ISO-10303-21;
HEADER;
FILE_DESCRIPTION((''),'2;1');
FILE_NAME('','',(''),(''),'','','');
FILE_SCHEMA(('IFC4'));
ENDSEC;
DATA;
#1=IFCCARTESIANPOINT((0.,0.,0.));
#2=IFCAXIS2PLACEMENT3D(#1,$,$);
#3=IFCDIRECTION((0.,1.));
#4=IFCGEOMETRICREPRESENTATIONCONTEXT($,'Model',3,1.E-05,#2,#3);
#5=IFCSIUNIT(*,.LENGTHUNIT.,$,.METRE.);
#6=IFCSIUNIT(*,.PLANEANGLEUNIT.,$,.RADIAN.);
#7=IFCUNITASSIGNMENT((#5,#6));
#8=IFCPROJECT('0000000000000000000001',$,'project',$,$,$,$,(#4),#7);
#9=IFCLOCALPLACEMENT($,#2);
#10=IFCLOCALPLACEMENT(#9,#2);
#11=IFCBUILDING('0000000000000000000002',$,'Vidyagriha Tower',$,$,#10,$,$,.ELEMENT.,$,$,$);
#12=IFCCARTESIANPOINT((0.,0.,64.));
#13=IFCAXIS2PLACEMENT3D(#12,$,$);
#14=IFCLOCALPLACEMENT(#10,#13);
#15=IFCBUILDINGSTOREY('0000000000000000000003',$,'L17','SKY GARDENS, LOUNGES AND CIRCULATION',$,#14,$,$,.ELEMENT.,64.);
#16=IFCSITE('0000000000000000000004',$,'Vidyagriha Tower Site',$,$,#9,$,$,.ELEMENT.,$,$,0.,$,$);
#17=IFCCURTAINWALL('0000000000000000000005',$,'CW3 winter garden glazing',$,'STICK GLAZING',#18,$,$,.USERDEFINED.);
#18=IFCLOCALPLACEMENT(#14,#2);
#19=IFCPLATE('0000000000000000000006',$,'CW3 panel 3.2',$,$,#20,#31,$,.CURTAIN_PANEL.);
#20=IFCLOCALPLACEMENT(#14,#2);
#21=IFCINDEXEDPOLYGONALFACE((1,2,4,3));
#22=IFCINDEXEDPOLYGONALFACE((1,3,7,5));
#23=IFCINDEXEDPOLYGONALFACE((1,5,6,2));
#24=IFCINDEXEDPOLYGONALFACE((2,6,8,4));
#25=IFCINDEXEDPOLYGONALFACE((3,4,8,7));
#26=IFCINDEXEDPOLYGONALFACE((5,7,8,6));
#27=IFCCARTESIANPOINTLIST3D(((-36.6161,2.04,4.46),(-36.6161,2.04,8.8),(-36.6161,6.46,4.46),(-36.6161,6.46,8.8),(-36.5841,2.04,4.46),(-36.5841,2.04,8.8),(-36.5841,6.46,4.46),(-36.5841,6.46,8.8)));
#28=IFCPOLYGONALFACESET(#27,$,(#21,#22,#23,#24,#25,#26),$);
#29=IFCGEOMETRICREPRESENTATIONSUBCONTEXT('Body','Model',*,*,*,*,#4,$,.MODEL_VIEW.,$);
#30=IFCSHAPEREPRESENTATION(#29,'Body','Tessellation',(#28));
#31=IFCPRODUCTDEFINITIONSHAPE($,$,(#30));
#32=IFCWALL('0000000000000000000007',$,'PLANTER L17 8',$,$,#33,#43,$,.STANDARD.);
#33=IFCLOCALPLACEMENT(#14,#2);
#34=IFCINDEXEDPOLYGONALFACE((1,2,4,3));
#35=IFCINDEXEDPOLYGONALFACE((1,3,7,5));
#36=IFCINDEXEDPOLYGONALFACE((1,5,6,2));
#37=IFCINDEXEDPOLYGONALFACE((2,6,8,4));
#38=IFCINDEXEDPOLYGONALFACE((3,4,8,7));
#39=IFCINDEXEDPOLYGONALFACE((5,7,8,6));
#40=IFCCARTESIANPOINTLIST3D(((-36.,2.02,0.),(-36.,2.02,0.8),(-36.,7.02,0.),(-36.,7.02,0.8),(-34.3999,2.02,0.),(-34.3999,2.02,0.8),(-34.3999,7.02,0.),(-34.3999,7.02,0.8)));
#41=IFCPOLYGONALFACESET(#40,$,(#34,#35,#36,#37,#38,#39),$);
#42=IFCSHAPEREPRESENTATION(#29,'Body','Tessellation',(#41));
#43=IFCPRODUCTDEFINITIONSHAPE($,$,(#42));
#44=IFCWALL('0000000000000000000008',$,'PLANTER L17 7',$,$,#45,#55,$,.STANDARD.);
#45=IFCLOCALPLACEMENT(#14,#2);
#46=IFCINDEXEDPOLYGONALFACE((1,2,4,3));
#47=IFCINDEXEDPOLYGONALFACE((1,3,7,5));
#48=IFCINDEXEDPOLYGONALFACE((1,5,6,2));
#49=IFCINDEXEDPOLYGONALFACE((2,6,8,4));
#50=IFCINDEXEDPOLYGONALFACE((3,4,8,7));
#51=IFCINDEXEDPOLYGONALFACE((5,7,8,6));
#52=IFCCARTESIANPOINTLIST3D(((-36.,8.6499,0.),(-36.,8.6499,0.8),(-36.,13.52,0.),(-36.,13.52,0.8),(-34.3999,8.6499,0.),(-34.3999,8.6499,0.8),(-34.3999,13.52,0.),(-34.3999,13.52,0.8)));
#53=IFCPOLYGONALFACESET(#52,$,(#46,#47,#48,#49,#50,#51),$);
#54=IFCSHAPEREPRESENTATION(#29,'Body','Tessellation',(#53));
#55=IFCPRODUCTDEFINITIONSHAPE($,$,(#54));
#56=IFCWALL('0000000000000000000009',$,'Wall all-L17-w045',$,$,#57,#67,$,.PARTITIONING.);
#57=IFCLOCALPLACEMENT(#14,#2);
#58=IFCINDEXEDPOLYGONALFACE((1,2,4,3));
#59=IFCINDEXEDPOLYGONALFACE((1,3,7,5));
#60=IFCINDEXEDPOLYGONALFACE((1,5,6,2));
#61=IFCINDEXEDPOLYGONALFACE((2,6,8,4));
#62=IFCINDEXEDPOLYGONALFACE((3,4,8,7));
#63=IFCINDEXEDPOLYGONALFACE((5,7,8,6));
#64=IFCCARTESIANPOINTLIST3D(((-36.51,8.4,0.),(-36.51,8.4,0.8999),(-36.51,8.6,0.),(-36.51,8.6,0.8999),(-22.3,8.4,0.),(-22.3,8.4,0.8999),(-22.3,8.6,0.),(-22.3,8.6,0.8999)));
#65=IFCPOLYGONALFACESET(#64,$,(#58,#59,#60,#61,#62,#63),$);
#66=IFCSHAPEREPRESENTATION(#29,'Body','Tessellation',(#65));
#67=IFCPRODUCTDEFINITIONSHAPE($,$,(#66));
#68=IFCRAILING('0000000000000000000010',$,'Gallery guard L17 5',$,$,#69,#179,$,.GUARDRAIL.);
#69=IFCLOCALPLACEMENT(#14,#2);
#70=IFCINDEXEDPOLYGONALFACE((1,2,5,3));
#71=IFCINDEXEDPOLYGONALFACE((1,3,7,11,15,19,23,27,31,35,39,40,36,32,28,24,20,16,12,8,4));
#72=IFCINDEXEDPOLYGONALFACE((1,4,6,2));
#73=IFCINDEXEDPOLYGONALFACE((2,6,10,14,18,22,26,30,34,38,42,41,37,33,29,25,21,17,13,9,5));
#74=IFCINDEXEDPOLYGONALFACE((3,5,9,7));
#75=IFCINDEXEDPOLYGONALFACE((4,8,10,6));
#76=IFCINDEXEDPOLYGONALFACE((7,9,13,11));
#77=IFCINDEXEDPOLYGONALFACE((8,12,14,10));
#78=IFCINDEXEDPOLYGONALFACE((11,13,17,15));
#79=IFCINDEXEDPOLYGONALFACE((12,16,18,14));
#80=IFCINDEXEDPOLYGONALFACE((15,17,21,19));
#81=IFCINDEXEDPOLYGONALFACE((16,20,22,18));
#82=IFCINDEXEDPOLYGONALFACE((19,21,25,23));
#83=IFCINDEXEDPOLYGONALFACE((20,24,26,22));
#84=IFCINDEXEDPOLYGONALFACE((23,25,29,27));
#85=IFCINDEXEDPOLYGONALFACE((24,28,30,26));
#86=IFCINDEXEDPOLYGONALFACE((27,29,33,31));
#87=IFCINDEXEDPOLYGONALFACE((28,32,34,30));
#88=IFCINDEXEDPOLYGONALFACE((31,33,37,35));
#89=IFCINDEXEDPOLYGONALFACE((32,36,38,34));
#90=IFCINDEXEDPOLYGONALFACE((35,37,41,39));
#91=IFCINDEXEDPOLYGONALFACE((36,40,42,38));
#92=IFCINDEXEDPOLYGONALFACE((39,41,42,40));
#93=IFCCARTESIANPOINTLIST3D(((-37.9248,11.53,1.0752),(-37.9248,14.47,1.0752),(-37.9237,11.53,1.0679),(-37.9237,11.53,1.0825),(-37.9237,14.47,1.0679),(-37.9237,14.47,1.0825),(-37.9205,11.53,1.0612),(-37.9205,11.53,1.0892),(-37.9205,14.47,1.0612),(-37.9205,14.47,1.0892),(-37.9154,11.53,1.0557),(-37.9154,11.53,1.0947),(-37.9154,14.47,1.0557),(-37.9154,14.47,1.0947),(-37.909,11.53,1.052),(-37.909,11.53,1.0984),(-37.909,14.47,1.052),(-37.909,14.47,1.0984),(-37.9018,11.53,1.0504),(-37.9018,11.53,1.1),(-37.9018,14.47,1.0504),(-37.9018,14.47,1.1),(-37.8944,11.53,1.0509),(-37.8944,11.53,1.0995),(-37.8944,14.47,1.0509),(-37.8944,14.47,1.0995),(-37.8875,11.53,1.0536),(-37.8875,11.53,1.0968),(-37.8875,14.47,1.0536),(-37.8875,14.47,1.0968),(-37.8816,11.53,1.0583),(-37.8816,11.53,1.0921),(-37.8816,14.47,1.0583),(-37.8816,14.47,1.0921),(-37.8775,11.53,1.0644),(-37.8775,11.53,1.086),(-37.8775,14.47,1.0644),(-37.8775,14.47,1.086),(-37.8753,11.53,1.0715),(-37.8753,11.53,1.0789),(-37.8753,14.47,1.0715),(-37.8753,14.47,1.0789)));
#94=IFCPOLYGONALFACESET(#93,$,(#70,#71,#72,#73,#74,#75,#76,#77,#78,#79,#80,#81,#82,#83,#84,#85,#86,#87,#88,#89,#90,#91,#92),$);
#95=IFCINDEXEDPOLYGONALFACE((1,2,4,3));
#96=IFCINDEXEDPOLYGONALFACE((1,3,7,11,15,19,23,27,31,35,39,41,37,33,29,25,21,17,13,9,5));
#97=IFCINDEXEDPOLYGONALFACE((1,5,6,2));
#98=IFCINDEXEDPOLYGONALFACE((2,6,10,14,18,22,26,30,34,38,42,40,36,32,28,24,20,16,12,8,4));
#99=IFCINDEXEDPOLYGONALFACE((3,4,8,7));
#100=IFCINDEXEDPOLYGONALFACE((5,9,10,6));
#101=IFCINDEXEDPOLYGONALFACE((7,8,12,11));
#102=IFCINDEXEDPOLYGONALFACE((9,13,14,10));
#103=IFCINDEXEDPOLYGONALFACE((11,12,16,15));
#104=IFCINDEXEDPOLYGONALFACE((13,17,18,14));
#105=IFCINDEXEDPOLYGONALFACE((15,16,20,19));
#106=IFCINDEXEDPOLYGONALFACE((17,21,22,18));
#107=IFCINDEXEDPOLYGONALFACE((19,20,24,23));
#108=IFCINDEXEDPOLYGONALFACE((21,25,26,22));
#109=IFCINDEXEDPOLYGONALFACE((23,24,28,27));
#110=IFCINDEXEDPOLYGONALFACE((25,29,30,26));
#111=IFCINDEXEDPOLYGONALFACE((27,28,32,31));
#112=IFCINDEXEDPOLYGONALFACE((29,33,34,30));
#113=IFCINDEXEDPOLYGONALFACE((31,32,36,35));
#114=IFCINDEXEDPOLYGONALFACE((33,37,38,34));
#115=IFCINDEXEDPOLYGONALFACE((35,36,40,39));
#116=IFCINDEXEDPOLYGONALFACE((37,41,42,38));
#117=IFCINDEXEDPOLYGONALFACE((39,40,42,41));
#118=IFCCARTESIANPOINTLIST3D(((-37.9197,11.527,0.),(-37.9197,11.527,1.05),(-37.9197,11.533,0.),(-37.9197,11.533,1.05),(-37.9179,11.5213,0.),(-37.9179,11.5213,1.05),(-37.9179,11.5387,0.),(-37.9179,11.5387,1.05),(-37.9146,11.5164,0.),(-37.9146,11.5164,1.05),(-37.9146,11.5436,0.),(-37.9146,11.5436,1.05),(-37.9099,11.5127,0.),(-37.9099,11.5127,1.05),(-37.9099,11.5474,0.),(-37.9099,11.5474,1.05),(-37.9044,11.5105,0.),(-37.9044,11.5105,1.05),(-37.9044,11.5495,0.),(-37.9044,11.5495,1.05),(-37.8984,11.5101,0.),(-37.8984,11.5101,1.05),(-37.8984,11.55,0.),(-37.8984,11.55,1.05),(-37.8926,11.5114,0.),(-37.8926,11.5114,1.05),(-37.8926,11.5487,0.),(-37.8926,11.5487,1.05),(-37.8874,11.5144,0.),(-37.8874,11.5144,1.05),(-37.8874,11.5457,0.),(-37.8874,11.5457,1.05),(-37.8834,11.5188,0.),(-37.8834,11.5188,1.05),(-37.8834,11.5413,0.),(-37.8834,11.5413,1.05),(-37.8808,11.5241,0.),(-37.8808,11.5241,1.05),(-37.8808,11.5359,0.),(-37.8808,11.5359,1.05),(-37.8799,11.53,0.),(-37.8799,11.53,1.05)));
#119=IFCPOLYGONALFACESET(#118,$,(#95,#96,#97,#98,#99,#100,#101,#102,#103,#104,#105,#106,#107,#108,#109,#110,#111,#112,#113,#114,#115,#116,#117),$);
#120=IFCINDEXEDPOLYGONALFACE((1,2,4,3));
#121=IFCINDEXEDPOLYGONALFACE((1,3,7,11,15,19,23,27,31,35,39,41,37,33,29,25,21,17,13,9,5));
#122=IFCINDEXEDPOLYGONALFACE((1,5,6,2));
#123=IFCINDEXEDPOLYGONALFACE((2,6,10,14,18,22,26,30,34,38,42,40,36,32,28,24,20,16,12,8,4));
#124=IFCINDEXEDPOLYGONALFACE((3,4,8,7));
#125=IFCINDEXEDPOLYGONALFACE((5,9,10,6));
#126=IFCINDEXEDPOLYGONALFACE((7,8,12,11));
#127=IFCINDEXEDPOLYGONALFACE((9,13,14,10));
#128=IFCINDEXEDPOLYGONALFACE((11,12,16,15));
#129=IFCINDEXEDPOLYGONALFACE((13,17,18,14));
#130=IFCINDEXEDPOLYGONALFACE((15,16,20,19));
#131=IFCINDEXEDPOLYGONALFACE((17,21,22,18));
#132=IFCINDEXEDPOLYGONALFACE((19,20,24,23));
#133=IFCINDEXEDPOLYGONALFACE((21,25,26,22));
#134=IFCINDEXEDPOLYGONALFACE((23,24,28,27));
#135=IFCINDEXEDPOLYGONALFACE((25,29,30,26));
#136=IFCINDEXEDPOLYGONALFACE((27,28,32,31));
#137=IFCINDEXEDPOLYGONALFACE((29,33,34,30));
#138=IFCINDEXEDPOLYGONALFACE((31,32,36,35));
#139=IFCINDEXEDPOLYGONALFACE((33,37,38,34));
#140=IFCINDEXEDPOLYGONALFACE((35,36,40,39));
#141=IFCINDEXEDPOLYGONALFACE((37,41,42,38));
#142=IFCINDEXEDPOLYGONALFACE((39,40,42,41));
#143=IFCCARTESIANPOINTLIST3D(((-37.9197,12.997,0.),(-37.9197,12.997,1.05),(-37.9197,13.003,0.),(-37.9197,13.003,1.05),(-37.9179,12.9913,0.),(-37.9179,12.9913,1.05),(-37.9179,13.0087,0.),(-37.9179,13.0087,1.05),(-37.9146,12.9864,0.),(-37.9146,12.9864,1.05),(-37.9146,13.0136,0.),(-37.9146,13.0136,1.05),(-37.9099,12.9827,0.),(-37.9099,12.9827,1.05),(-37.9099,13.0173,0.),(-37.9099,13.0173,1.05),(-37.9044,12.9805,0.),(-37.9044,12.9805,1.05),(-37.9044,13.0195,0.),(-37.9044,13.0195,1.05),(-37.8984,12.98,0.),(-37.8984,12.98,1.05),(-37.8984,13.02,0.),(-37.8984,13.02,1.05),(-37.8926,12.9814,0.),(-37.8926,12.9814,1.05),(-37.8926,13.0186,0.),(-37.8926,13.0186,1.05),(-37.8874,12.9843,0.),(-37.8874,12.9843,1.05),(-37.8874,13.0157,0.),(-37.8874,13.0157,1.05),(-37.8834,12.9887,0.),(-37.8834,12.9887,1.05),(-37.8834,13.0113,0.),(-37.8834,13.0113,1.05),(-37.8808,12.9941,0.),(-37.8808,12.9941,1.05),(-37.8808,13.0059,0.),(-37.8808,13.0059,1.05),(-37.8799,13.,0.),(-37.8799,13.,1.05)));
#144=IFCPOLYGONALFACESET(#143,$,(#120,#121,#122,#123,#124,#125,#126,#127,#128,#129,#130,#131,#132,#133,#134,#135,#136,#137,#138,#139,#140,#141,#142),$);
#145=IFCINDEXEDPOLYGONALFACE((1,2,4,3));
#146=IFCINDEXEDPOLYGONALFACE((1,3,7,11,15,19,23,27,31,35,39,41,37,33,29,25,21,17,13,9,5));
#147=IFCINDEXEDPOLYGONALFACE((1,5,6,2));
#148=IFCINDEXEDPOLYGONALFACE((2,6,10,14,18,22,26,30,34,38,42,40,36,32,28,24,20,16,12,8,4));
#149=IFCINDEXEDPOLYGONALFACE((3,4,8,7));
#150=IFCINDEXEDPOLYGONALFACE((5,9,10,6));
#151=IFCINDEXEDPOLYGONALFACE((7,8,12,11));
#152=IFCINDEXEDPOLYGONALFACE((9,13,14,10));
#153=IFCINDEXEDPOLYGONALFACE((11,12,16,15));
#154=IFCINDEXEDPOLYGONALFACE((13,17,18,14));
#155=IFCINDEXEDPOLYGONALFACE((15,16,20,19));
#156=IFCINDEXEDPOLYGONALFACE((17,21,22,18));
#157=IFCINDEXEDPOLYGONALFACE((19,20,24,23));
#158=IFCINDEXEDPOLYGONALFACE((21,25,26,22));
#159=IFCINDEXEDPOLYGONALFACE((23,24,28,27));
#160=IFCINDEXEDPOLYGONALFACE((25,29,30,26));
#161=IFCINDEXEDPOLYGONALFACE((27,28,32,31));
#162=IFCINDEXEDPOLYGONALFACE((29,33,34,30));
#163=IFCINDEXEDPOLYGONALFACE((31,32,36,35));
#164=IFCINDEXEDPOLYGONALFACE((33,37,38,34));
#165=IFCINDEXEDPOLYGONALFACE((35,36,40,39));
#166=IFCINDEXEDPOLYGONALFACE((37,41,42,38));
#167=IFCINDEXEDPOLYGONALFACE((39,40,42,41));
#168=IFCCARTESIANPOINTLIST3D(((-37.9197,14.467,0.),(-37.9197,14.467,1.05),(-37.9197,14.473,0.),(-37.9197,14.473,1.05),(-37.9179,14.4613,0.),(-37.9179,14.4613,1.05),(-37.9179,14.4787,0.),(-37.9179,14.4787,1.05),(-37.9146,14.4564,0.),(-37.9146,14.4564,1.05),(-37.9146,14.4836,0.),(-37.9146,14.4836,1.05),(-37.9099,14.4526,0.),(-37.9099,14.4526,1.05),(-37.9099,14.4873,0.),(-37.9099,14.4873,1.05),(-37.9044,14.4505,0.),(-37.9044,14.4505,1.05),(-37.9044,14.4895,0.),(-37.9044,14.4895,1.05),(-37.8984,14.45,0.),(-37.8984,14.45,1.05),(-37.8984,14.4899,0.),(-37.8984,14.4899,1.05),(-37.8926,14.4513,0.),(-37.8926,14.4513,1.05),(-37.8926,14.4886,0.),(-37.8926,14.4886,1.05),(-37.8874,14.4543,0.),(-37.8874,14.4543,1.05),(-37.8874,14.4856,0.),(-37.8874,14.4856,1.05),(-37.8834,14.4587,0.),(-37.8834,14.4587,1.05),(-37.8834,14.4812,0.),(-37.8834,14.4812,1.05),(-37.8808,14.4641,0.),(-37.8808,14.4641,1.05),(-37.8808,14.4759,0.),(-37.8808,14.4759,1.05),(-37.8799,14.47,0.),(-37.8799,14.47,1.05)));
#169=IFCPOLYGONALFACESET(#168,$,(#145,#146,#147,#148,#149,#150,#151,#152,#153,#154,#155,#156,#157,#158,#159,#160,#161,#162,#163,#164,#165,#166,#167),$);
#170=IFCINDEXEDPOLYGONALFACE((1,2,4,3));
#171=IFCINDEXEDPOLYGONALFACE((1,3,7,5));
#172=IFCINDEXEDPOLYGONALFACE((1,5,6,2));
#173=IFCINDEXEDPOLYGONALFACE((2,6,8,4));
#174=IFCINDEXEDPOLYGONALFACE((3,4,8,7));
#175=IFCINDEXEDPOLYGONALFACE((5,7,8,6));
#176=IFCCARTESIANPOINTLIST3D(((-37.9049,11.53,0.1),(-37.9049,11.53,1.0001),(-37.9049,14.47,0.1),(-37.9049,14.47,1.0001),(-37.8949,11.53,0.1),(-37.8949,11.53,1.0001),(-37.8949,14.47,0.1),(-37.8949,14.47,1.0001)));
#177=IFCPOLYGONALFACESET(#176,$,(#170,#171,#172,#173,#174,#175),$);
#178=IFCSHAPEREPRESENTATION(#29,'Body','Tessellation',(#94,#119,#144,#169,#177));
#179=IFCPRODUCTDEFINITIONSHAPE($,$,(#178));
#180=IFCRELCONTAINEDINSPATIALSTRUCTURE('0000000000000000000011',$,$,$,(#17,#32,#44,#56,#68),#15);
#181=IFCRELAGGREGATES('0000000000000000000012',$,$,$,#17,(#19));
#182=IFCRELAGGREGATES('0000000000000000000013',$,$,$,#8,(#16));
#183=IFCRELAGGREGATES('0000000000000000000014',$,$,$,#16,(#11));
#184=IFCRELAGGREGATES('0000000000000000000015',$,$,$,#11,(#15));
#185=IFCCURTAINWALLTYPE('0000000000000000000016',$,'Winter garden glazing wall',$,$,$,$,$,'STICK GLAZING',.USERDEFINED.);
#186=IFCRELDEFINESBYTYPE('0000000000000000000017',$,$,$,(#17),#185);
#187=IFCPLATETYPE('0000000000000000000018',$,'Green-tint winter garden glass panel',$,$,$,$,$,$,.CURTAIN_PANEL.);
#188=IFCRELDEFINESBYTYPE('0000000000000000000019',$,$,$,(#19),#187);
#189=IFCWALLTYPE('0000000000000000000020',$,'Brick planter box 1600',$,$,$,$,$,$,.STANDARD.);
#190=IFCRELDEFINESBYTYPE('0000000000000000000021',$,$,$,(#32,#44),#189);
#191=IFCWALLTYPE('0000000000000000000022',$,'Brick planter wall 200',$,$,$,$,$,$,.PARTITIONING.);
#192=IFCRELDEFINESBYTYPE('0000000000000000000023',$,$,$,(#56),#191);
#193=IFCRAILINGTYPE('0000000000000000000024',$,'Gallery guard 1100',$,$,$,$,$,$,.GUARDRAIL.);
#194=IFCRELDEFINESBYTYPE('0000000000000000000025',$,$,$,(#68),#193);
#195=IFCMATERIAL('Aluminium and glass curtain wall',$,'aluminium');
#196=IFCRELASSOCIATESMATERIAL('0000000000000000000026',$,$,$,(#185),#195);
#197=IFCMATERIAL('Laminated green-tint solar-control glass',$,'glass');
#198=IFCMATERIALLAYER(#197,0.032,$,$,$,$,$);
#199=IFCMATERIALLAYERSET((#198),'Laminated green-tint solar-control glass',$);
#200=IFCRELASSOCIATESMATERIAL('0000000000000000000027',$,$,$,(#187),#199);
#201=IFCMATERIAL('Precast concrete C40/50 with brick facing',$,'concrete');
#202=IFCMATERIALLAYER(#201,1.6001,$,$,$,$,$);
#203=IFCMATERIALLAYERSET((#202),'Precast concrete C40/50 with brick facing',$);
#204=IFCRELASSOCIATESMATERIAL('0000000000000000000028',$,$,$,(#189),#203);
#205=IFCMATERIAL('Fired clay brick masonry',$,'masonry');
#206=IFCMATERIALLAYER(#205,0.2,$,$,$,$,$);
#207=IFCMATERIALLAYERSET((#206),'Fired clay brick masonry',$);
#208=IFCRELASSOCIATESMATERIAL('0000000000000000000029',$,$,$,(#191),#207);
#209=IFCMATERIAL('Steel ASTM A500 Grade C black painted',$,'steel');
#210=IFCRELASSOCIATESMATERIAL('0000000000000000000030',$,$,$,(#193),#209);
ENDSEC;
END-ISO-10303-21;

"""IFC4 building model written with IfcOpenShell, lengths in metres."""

from ifc_helpers import new_model, si_unit, direction, frame, frame_2d, origin, origin_2d, place, context, subcontext, project, spatial, rectangle, circle, extrude, material, layer, layer_set, type_object, element, aggregate, save


model = new_model("IFC4")

# Units and contexts
model_context = context("Model", 3, precision=1e-05, world=origin(), true_north=direction((0.0, 1.0)))
body_context = subcontext(model_context, "Body", "Model", "MODEL_VIEW")
ifc_project = project(units=[si_unit("LENGTHUNIT", "METRE"), si_unit("PLANEANGLEUNIT", "RADIAN")], contexts=[model_context])

# Site, building, storey
site_placement = place(None, origin())
site = spatial("IfcSite", under=ifc_project, at=site_placement, Name="Vidyagriha Tower Site", CompositionType="ELEMENT", RefElevation=0.0)
building_placement = place(site_placement, origin())
building = spatial("IfcBuilding", under=site, at=building_placement, Name="Vidyagriha Tower", CompositionType="ELEMENT")
storey_placement = place(building_placement, frame((0.0, 0.0, 64.0)))
storey = spatial("IfcBuildingStorey", under=building, at=storey_placement, Name="L17", Description="SKY GARDENS, LOUNGES AND CIRCULATION", CompositionType="ELEMENT", Elevation=64.0)

# Shared definitions
ifc_material_1 = material(Name="Aluminium and glass curtain wall", Category="aluminium")
curtain_wall_type = type_object("IfcCurtainWallType", Name="Winter garden glazing wall", ElementType="STICK GLAZING", PredefinedType="USERDEFINED", material=ifc_material_1)

# Curtain wall
curtain_wall_1_placement = place(storey_placement, origin())
curtain_wall_1 = element("IfcCurtainWall", 1, at=curtain_wall_1_placement, inside=storey, type_object=curtain_wall_type, Name="CW3 winter garden glazing", ObjectType="STICK GLAZING", PredefinedType="USERDEFINED")

# Plate
ifc_material_2 = material(Name="Laminated green-tint solar-control glass", Category="glass")
ifc_layer_1 = layer(ifc_material_2, 0.032)
ifc_layer_set_1 = layer_set([ifc_layer_1], Name="Laminated green-tint solar-control glass")
plate_type = type_object("IfcPlateType", Name="Green-tint winter garden glass panel", PredefinedType="CURTAIN_PANEL", material=ifc_layer_set_1)
plate_1_placement = place(storey_placement, frame((-36.6001, 4.25, 4.46), z_axis=(0.0, 0.0, 1.0), x_axis=(0.0, -1.0, 0.0)))
plate_1 = element("IfcPlate", 2, at=plate_1_placement, type_object=plate_type, Name="CW3 panel 3.2", PredefinedType="CURTAIN_PANEL", context=body_context, shape_type="SweptSolid", body=[
    extrude(rectangle(XDim=4.4199, YDim=0.032, at=origin_2d()), origin(), (0.0, 0.0, 1.0), 4.3401),
])
aggregate(curtain_wall_1, [plate_1])

# Walls
ifc_material_3 = material(Name="Precast concrete C40/50 with brick facing", Category="concrete")
ifc_layer_2 = layer(ifc_material_3, 1.6001)
ifc_layer_set_2 = layer_set([ifc_layer_2], Name="Precast concrete C40/50 with brick facing")
wall_type_1 = type_object("IfcWallType", Name="Brick planter box 1600", PredefinedType="STANDARD", material=ifc_layer_set_2)
wall_1_placement = place(storey_placement, frame((-35.2, 7.02, 0.0), z_axis=(0.0, 0.0, 1.0), x_axis=(0.0, -1.0, 0.0)))
element("IfcWall", 3, at=wall_1_placement, inside=storey, type_object=wall_type_1, Name="PLANTER L17 8", PredefinedType="STANDARD", context=body_context, shape_type="SweptSolid", body=[
    extrude(rectangle(XDim=5.0, YDim=1.6001, at=frame_2d((2.5, 0.0))), origin(), (0.0, 0.0, 1.0), 0.8),
])
wall_2_placement = place(storey_placement, frame((-35.2, 13.52, 0.0), z_axis=(0.0, 0.0, 1.0), x_axis=(0.0, -1.0, 0.0)))
element("IfcWall", 4, at=wall_2_placement, inside=storey, type_object=wall_type_1, Name="PLANTER L17 7", PredefinedType="STANDARD", context=body_context, shape_type="SweptSolid", body=[
    extrude(rectangle(XDim=4.8701, YDim=1.6001, at=frame_2d((2.4351, 0.0))), origin(), (0.0, 0.0, 1.0), 0.8),
])
ifc_material_4 = material(Name="Fired clay brick masonry", Category="masonry")
ifc_layer_3 = layer(ifc_material_4, 0.2)
ifc_layer_set_3 = layer_set([ifc_layer_3], Name="Fired clay brick masonry")
wall_type_2 = type_object("IfcWallType", Name="Brick planter wall 200", PredefinedType="PARTITIONING", material=ifc_layer_set_3)
wall_3_placement = place(storey_placement, frame((-36.51, 8.5, 0.0)))
element("IfcWall", 5, at=wall_3_placement, inside=storey, type_object=wall_type_2, Name="Wall all-L17-w045", PredefinedType="PARTITIONING", context=body_context, shape_type="SweptSolid", body=[
    extrude(rectangle(XDim=14.21, YDim=0.2, at=frame_2d((7.105, 0.0))), origin(), (0.0, 0.0, 1.0), 0.8999),
])

# Railing
ifc_material_5 = material(Name="Steel ASTM A500 Grade C black painted", Category="steel")
railing_type = type_object("IfcRailingType", Name="Gallery guard 1100", PredefinedType="GUARDRAIL", material=ifc_material_5)
railing_1_placement = place(storey_placement, frame((-37.8999, 11.53, 0.0)))
element("IfcRailing", 6, at=railing_1_placement, inside=storey, type_object=railing_type, Name="Gallery guard L17 5", PredefinedType="GUARDRAIL", context=body_context, shape_type="SweptSolid", body=[
    extrude(circle(Radius=0.0249, at=origin_2d()), frame((0.0, 0.0, 1.0752), z_axis=(0.0, 1.0, 0.0), x_axis=(-1.0, 0.0, 0.0)), (0.0, 0.0, 1.0), 2.9399),
    extrude(circle(Radius=0.02, at=origin_2d()), origin(), (0.0, 0.0, 1.0), 1.05),
    extrude(circle(Radius=0.02, at=origin_2d()), frame((0.0, 1.47, 0.0)), (0.0, 0.0, 1.0), 1.05),
    extrude(circle(Radius=0.02, at=origin_2d()), frame((0.0, 2.9399, 0.0)), (0.0, 0.0, 1.0), 1.05),
    extrude(rectangle(XDim=0.01, YDim=0.9001, at=origin_2d()), frame((0.0, 0.0, 0.55), z_axis=(0.0, 1.0, 0.0), x_axis=(-1.0, 0.0, 0.0)), (0.0, 0.0, 1.0), 2.9399),
])

save(model, "model.ifc")
